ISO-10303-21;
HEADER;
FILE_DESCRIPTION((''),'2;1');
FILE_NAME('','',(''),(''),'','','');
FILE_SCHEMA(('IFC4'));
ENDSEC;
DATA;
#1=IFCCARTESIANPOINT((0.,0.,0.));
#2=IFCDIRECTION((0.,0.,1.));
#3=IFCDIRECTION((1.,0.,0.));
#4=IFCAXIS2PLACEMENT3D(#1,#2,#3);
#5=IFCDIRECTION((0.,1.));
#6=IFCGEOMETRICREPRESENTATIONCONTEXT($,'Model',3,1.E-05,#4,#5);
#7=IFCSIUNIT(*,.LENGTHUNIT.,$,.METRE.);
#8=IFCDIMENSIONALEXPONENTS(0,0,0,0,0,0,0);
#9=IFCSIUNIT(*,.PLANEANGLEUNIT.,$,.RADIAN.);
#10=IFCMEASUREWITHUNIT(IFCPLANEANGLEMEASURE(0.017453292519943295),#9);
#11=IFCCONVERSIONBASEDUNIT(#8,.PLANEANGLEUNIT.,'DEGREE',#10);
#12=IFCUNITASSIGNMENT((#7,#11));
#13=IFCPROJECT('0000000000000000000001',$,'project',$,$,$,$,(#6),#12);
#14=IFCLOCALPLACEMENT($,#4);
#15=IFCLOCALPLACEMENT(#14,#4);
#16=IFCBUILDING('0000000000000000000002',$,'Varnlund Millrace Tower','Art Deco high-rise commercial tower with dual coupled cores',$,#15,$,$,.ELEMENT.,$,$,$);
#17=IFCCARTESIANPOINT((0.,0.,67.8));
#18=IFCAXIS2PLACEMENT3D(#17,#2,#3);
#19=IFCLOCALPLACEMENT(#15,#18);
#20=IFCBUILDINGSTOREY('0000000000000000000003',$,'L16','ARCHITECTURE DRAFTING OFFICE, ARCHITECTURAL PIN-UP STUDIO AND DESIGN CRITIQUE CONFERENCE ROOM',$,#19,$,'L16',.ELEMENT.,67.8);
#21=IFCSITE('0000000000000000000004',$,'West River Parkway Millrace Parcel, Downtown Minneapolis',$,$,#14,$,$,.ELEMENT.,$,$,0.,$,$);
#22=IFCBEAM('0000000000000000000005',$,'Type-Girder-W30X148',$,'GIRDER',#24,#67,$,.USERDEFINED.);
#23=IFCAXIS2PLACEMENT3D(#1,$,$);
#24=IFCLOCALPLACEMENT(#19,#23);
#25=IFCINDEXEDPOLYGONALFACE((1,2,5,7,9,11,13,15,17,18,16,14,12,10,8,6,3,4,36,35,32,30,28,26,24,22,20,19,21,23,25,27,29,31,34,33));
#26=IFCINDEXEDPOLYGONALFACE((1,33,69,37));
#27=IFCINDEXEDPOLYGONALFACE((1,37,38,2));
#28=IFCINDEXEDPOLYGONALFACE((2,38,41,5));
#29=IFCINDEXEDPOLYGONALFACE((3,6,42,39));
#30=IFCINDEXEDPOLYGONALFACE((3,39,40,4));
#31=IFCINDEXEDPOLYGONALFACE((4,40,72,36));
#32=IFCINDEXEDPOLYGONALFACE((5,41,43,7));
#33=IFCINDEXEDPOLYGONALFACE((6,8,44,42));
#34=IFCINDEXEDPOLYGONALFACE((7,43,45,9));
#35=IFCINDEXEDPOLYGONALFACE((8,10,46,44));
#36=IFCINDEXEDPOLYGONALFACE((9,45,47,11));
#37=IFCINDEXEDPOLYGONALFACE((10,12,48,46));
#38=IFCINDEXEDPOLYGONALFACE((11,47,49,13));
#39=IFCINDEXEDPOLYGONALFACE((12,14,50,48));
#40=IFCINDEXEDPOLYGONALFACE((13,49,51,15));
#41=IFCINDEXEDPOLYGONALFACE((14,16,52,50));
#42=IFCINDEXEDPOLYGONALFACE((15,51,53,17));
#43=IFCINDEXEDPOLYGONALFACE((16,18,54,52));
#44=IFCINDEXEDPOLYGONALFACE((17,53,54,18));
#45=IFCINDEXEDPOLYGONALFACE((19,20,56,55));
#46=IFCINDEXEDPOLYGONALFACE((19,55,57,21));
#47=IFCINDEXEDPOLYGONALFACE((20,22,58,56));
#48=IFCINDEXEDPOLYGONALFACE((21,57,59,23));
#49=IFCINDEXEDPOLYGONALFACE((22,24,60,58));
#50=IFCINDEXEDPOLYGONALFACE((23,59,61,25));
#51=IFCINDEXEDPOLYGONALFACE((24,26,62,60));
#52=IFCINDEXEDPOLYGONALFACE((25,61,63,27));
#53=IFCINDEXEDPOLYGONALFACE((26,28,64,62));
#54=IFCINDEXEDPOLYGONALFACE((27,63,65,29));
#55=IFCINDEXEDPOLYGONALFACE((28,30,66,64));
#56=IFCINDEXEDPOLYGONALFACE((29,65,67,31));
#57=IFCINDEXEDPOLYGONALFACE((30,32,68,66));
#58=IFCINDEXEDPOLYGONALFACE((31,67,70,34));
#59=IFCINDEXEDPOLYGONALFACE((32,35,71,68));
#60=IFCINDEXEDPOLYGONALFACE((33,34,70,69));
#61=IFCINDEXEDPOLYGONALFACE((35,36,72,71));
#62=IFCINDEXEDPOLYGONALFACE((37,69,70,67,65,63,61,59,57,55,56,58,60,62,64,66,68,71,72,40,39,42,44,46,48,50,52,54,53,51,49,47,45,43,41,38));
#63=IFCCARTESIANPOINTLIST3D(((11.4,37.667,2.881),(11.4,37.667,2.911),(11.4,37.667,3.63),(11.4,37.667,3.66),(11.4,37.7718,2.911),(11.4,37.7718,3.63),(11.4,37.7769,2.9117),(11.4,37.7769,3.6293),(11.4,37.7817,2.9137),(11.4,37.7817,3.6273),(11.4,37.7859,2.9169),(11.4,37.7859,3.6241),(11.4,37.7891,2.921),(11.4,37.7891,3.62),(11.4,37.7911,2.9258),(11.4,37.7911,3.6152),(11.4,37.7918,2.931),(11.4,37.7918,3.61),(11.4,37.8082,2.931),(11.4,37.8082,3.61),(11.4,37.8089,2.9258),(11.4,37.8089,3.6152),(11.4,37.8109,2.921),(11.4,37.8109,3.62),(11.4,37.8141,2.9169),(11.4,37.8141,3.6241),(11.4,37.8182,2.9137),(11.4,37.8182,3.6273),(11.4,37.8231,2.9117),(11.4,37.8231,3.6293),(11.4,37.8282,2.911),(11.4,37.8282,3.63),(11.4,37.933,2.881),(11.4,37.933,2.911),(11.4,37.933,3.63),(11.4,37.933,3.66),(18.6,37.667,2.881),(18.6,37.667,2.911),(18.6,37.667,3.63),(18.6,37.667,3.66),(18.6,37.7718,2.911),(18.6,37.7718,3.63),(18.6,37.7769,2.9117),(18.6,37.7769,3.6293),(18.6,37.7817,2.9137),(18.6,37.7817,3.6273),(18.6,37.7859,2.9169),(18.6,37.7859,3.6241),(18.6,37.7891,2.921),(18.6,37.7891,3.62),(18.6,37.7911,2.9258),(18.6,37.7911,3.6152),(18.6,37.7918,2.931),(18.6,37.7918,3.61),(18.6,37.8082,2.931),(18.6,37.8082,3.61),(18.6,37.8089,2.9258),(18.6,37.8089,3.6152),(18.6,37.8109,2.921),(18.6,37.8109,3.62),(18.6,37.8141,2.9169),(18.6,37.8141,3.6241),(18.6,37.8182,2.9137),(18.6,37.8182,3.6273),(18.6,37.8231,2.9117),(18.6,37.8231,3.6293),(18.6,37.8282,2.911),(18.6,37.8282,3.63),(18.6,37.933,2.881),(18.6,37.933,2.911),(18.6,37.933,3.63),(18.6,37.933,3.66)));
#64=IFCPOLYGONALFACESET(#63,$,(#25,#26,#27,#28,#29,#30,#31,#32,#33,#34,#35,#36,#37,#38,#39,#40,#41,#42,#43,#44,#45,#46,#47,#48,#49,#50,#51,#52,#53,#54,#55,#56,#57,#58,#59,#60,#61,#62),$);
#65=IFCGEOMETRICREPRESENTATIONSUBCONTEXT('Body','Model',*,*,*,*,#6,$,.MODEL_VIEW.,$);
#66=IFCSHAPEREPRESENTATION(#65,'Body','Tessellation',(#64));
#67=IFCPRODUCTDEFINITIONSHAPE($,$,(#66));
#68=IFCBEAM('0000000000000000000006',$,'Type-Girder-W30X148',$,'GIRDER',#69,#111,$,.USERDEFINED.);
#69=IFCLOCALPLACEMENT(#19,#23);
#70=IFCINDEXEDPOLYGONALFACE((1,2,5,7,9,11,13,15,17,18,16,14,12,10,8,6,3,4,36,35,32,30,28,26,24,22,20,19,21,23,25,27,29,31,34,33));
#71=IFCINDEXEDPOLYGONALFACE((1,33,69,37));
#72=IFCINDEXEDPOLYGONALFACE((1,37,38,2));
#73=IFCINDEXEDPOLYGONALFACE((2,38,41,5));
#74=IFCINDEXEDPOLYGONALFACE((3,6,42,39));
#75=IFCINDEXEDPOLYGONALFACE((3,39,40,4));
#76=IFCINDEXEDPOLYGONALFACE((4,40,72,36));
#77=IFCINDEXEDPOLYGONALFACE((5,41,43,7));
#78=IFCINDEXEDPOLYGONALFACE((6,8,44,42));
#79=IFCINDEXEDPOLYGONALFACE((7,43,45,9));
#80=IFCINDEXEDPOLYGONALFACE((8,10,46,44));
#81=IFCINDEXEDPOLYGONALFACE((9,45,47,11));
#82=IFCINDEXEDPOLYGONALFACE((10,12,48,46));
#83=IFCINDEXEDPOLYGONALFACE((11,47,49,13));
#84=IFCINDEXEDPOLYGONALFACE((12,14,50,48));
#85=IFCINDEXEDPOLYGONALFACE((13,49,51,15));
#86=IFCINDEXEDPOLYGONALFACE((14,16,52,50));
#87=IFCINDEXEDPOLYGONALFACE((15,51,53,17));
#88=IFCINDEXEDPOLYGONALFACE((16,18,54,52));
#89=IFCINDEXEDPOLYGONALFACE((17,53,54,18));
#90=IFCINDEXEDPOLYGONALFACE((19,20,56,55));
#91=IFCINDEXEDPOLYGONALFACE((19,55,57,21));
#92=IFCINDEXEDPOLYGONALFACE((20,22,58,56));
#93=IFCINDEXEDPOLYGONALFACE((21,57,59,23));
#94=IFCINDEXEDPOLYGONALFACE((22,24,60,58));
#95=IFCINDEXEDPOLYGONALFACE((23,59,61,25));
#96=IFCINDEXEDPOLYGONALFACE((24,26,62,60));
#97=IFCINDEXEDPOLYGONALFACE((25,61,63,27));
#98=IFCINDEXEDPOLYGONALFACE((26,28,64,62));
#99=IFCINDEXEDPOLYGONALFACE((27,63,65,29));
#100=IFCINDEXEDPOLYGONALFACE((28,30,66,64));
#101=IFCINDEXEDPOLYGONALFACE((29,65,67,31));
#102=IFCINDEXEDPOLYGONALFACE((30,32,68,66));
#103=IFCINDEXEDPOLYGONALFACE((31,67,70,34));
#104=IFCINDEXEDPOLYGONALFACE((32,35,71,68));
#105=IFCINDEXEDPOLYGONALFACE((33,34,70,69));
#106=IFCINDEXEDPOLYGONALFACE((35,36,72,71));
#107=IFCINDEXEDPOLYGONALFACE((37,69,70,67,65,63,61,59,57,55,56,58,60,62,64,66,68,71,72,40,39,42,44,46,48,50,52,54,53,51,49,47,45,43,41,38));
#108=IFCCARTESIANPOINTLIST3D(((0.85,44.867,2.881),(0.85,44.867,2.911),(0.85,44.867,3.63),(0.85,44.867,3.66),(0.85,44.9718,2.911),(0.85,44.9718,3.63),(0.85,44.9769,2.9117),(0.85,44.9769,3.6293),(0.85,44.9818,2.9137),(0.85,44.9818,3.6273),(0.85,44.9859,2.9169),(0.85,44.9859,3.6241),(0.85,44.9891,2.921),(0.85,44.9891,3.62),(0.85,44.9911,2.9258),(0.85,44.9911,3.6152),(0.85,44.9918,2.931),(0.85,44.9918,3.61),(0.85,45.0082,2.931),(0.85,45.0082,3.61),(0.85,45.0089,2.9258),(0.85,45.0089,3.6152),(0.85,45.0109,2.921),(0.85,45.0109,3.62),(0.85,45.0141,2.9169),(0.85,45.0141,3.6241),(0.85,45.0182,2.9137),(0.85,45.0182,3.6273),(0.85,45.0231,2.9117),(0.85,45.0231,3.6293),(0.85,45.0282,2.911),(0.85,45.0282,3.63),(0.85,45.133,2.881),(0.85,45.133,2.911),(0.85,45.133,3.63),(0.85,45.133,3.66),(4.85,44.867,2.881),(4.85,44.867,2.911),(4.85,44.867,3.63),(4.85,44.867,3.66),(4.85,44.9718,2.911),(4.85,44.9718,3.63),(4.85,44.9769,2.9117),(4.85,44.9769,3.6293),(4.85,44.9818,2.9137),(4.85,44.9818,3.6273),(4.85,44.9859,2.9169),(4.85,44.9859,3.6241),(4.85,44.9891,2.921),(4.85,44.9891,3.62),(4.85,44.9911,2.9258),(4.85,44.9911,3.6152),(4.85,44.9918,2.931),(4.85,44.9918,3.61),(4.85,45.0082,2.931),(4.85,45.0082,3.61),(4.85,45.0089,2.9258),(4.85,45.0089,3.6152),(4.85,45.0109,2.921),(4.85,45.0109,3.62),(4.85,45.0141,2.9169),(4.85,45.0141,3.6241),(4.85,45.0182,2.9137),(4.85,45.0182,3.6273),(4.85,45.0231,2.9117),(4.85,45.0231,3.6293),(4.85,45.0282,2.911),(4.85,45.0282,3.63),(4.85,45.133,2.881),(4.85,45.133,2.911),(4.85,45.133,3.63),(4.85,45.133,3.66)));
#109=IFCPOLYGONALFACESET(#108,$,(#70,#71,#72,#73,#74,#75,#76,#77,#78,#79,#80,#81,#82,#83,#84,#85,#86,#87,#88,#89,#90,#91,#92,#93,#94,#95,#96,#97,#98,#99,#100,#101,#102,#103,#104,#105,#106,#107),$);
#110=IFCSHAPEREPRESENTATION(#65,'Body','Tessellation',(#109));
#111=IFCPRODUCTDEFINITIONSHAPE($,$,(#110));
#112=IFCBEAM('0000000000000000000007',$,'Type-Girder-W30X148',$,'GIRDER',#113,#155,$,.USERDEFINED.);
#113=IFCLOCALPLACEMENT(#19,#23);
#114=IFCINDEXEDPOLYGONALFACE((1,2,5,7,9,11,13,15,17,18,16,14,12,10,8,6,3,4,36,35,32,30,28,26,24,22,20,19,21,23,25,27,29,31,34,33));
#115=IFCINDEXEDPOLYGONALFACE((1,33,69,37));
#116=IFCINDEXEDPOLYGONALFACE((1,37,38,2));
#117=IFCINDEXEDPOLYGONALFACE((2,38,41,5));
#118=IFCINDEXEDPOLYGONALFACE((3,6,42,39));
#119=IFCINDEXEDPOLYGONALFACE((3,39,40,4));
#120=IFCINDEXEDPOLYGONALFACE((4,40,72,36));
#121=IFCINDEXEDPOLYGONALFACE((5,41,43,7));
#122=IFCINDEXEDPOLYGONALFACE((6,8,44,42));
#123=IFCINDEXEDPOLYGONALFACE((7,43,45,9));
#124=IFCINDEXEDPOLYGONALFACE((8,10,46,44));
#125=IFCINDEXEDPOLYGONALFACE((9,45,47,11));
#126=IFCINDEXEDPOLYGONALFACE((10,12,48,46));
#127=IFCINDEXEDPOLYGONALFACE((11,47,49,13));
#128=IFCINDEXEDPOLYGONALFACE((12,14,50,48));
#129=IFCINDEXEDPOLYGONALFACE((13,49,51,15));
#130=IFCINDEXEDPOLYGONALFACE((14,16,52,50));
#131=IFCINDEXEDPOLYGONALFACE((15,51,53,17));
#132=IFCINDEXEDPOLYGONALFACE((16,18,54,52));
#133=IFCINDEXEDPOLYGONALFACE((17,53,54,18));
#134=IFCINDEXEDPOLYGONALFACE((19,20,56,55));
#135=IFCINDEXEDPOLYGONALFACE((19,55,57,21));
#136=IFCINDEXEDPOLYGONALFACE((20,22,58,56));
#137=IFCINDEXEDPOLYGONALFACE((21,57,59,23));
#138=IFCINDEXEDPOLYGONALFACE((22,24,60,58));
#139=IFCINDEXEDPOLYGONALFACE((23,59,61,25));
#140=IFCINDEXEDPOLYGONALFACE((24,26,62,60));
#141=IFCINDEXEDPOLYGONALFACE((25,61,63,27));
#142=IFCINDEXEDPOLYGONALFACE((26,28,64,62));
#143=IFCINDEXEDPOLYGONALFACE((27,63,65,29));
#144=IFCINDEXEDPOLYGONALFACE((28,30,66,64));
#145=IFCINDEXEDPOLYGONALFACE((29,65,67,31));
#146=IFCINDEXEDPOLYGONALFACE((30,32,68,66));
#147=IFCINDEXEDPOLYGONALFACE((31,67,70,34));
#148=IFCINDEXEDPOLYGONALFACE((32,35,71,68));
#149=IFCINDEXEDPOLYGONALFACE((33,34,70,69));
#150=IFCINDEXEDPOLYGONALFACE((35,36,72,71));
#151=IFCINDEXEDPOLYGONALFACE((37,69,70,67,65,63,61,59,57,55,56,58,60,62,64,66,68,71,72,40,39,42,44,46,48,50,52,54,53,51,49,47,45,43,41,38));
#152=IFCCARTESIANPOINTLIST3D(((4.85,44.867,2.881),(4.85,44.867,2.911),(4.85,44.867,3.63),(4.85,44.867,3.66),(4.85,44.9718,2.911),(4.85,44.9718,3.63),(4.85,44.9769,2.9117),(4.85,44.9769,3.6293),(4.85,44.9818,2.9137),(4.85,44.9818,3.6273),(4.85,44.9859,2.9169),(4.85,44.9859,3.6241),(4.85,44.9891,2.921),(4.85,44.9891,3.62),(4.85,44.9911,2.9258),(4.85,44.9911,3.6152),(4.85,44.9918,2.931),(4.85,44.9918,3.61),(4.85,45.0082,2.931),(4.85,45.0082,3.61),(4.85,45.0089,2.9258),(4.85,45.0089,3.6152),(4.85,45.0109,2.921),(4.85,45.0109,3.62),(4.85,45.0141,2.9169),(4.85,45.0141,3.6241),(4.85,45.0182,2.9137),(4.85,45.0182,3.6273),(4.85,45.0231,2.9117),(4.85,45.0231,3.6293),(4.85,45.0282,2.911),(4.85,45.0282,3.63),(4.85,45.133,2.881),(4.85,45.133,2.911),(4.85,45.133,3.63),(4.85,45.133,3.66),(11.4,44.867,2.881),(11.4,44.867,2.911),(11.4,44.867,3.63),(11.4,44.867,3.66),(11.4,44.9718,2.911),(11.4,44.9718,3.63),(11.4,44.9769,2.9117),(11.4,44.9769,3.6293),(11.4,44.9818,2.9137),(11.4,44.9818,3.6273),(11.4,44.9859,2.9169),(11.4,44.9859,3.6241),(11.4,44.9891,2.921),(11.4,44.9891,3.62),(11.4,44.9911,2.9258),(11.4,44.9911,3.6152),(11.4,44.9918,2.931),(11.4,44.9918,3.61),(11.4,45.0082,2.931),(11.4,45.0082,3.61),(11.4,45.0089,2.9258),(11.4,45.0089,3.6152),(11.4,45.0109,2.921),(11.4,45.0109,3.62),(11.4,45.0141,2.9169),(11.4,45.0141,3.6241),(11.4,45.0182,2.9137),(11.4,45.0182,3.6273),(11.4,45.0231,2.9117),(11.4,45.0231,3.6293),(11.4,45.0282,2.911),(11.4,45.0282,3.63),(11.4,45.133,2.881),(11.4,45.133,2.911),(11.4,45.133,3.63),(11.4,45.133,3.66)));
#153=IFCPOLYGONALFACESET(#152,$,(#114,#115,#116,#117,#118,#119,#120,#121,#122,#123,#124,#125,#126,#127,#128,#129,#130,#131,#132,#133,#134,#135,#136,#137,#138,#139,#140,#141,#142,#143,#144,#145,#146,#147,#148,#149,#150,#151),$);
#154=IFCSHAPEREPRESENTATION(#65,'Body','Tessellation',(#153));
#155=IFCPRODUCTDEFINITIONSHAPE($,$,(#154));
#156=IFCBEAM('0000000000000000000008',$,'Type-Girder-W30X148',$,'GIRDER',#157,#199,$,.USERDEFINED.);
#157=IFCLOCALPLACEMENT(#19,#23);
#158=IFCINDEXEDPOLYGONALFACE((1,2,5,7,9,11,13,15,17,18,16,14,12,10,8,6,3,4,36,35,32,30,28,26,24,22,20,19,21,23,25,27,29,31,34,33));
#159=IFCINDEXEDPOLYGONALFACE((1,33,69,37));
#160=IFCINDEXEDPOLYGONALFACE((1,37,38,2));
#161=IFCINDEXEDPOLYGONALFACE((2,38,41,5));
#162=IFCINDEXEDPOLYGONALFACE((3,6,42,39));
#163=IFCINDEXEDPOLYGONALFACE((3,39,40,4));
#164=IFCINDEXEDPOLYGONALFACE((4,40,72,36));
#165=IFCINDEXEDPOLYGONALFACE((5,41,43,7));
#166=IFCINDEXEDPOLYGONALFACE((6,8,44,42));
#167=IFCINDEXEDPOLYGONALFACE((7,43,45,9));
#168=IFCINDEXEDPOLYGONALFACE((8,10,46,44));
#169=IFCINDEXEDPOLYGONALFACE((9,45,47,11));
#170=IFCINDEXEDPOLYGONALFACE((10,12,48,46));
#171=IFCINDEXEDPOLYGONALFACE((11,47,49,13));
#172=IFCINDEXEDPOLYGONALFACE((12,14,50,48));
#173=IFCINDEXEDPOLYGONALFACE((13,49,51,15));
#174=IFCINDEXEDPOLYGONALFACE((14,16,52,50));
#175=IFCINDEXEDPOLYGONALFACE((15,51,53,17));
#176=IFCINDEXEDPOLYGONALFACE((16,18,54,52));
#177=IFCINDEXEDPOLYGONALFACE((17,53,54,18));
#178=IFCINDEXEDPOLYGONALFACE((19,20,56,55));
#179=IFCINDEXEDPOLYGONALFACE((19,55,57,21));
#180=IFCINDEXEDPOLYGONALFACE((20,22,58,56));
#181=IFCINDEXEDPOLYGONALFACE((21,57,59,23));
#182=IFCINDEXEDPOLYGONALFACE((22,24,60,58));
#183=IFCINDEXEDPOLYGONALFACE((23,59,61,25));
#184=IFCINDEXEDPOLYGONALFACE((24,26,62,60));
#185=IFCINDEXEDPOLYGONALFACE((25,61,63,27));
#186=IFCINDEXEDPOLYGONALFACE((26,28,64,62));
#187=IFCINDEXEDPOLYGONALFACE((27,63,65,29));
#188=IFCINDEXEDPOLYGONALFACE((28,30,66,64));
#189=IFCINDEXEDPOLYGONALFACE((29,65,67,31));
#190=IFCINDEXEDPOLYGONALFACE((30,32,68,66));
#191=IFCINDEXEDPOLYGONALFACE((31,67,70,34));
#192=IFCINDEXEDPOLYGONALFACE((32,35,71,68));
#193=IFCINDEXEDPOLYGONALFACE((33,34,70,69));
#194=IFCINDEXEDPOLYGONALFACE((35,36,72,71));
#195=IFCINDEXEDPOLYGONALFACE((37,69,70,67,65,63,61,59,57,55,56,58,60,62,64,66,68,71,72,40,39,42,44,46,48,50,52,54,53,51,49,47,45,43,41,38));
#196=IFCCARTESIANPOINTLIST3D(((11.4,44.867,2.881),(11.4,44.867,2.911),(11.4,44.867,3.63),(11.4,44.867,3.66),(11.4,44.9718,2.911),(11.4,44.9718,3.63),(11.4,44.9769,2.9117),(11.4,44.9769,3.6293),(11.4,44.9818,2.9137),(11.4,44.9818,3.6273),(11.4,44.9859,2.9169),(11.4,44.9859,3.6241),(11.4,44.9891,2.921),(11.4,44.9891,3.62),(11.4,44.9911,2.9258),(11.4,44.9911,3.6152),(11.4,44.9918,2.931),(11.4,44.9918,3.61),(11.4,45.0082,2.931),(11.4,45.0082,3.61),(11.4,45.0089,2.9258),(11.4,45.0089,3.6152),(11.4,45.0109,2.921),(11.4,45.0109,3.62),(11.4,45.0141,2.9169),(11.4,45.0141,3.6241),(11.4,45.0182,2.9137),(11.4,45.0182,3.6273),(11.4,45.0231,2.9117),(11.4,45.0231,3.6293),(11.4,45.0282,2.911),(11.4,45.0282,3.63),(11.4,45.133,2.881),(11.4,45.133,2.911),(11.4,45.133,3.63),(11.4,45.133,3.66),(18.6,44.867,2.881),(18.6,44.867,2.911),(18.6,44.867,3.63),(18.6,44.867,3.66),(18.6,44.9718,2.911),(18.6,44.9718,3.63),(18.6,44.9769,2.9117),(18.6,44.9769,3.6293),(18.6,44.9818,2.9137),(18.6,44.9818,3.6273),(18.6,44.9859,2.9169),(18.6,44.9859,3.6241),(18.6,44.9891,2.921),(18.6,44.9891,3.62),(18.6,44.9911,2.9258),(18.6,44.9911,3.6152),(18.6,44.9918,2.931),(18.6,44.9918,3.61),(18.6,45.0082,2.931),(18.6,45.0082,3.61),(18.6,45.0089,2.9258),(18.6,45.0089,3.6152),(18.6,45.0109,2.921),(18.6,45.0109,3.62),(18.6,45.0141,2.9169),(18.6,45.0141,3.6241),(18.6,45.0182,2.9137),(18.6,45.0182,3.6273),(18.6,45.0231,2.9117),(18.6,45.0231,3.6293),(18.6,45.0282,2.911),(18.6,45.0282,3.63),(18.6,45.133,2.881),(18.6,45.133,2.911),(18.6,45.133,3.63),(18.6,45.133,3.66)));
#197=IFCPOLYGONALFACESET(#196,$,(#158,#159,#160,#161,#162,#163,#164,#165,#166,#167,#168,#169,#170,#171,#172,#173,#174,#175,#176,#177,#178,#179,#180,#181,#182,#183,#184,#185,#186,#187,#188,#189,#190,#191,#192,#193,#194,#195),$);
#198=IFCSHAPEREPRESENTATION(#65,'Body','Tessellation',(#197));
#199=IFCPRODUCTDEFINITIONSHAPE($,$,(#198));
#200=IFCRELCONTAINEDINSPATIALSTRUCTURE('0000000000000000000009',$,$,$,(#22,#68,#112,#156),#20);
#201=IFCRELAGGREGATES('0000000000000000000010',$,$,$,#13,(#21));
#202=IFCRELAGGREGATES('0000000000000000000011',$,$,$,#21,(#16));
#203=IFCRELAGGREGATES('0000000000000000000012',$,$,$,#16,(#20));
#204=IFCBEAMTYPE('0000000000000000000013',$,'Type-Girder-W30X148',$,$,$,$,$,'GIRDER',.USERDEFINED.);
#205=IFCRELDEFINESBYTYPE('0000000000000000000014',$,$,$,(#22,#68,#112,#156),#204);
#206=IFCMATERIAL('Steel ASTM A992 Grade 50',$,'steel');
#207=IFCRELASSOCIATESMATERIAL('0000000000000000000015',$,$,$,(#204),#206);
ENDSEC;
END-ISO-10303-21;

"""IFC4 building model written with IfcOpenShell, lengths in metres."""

from ifc_helpers import new_model, entity, si_unit, converted_unit, direction, frame, origin_with_axes, origin_2d_with_axis, place, context, subcontext, project, spatial, i_section, extrude, material, material_profile, profile_set, type_object, element, save


model = new_model("IFC4")

# Units and contexts
model_context = context("Model", 3, precision=1e-05, world=origin_with_axes(), true_north=direction((0.0, 1.0)))
body_context = subcontext(model_context, "Body", "Model", "MODEL_VIEW")
ifc_project = project(units=[si_unit("LENGTHUNIT", "METRE"), converted_unit("PLANEANGLEUNIT", "DEGREE", entity("IfcPlaneAngleMeasure", 0.017453292519943295), si_unit("PLANEANGLEUNIT", "RADIAN"), dimensions=[0, 0, 0, 0, 0, 0, 0])], contexts=[model_context])

# Site, building, storey
site_placement = place(None, origin_with_axes())
site = spatial("IfcSite", under=ifc_project, at=site_placement, Name="West River Parkway Millrace Parcel, Downtown Minneapolis", CompositionType="ELEMENT", RefElevation=0.0)
building_placement = place(site_placement, origin_with_axes())
building = spatial("IfcBuilding", under=site, at=building_placement, Name="Varnlund Millrace Tower", Description="Art Deco high-rise commercial tower with dual coupled cores", CompositionType="ELEMENT")
storey_placement = place(building_placement, frame((0.0, 0.0, 67.8), z_axis=(0.0, 0.0, 1.0), x_axis=(1.0, 0.0, 0.0)))
storey = spatial("IfcBuildingStorey", under=building, at=storey_placement, Name="L16", Description="ARCHITECTURE DRAFTING OFFICE, ARCHITECTURAL PIN-UP STUDIO AND DESIGN CRITIQUE CONFERENCE ROOM", LongName="L16", CompositionType="ELEMENT", Elevation=67.8)

# Beams
ifc_material_1 = material(Name="Steel ASTM A992 Grade 50", Category="steel")
ifc_material_profile_1 = material_profile(ifc_material_1, i_section(OverallWidth=0.266, OverallDepth=0.779, WebThickness=0.0165, FlangeThickness=0.03, FilletRadius=0.02, at=origin_2d_with_axis()), Name="Steel ASTM A992 Grade 50")
ifc_profile_set_1 = profile_set([ifc_material_profile_1], Name="Steel ASTM A992 Grade 50")
beam_type_1 = type_object("IfcBeamType", Name="Type-Girder-W30X148", ElementType="GIRDER", PredefinedType="USERDEFINED", material=ifc_profile_set_1)
beam_1_placement = place(storey_placement, frame((11.4, 37.8, 3.2705), z_axis=(1.0, 0.0, 0.0), x_axis=(0.0, 1.0, 0.0)))
element("IfcBeam", 1, at=beam_1_placement, inside=storey, type_object=beam_type_1, Name="Type-Girder-W30X148", ObjectType="GIRDER", PredefinedType="USERDEFINED", context=body_context, shape_type="SweptSolid", body=[
    extrude(i_section(OverallWidth=0.266, OverallDepth=0.779, WebThickness=0.0165, FlangeThickness=0.03, FilletRadius=0.02, at=origin_2d_with_axis()), origin_with_axes(), (0.0, 0.0, 1.0), 7.2),
])
beam_2_placement = place(storey_placement, frame((0.85, 45.0, 3.2705), z_axis=(1.0, 0.0, 0.0), x_axis=(0.0, 1.0, 0.0)))
element("IfcBeam", 2, at=beam_2_placement, inside=storey, type_object=beam_type_1, Name="Type-Girder-W30X148", ObjectType="GIRDER", PredefinedType="USERDEFINED", context=body_context, shape_type="SweptSolid", body=[
    extrude(i_section(OverallWidth=0.266, OverallDepth=0.779, WebThickness=0.0165, FlangeThickness=0.03, FilletRadius=0.02, at=origin_2d_with_axis()), origin_with_axes(), (0.0, 0.0, 1.0), 4.0),
])
beam_3_placement = place(storey_placement, frame((4.85, 45.0, 3.2705), z_axis=(1.0, 0.0, 0.0), x_axis=(0.0, 1.0, 0.0)))
element("IfcBeam", 3, at=beam_3_placement, inside=storey, type_object=beam_type_1, Name="Type-Girder-W30X148", ObjectType="GIRDER", PredefinedType="USERDEFINED", context=body_context, shape_type="SweptSolid", body=[
    extrude(i_section(OverallWidth=0.266, OverallDepth=0.779, WebThickness=0.0165, FlangeThickness=0.03, FilletRadius=0.02, at=origin_2d_with_axis()), origin_with_axes(), (0.0, 0.0, 1.0), 6.55),
])
beam_4_placement = place(storey_placement, frame((11.4, 45.0, 3.2705), z_axis=(1.0, 0.0, 0.0), x_axis=(0.0, 1.0, 0.0)))
element("IfcBeam", 4, at=beam_4_placement, inside=storey, type_object=beam_type_1, Name="Type-Girder-W30X148", ObjectType="GIRDER", PredefinedType="USERDEFINED", context=body_context, shape_type="SweptSolid", body=[
    extrude(i_section(OverallWidth=0.266, OverallDepth=0.779, WebThickness=0.0165, FlangeThickness=0.03, FilletRadius=0.02, at=origin_2d_with_axis()), origin_with_axes(), (0.0, 0.0, 1.0), 7.2),
])

save(model, "model.ifc")
